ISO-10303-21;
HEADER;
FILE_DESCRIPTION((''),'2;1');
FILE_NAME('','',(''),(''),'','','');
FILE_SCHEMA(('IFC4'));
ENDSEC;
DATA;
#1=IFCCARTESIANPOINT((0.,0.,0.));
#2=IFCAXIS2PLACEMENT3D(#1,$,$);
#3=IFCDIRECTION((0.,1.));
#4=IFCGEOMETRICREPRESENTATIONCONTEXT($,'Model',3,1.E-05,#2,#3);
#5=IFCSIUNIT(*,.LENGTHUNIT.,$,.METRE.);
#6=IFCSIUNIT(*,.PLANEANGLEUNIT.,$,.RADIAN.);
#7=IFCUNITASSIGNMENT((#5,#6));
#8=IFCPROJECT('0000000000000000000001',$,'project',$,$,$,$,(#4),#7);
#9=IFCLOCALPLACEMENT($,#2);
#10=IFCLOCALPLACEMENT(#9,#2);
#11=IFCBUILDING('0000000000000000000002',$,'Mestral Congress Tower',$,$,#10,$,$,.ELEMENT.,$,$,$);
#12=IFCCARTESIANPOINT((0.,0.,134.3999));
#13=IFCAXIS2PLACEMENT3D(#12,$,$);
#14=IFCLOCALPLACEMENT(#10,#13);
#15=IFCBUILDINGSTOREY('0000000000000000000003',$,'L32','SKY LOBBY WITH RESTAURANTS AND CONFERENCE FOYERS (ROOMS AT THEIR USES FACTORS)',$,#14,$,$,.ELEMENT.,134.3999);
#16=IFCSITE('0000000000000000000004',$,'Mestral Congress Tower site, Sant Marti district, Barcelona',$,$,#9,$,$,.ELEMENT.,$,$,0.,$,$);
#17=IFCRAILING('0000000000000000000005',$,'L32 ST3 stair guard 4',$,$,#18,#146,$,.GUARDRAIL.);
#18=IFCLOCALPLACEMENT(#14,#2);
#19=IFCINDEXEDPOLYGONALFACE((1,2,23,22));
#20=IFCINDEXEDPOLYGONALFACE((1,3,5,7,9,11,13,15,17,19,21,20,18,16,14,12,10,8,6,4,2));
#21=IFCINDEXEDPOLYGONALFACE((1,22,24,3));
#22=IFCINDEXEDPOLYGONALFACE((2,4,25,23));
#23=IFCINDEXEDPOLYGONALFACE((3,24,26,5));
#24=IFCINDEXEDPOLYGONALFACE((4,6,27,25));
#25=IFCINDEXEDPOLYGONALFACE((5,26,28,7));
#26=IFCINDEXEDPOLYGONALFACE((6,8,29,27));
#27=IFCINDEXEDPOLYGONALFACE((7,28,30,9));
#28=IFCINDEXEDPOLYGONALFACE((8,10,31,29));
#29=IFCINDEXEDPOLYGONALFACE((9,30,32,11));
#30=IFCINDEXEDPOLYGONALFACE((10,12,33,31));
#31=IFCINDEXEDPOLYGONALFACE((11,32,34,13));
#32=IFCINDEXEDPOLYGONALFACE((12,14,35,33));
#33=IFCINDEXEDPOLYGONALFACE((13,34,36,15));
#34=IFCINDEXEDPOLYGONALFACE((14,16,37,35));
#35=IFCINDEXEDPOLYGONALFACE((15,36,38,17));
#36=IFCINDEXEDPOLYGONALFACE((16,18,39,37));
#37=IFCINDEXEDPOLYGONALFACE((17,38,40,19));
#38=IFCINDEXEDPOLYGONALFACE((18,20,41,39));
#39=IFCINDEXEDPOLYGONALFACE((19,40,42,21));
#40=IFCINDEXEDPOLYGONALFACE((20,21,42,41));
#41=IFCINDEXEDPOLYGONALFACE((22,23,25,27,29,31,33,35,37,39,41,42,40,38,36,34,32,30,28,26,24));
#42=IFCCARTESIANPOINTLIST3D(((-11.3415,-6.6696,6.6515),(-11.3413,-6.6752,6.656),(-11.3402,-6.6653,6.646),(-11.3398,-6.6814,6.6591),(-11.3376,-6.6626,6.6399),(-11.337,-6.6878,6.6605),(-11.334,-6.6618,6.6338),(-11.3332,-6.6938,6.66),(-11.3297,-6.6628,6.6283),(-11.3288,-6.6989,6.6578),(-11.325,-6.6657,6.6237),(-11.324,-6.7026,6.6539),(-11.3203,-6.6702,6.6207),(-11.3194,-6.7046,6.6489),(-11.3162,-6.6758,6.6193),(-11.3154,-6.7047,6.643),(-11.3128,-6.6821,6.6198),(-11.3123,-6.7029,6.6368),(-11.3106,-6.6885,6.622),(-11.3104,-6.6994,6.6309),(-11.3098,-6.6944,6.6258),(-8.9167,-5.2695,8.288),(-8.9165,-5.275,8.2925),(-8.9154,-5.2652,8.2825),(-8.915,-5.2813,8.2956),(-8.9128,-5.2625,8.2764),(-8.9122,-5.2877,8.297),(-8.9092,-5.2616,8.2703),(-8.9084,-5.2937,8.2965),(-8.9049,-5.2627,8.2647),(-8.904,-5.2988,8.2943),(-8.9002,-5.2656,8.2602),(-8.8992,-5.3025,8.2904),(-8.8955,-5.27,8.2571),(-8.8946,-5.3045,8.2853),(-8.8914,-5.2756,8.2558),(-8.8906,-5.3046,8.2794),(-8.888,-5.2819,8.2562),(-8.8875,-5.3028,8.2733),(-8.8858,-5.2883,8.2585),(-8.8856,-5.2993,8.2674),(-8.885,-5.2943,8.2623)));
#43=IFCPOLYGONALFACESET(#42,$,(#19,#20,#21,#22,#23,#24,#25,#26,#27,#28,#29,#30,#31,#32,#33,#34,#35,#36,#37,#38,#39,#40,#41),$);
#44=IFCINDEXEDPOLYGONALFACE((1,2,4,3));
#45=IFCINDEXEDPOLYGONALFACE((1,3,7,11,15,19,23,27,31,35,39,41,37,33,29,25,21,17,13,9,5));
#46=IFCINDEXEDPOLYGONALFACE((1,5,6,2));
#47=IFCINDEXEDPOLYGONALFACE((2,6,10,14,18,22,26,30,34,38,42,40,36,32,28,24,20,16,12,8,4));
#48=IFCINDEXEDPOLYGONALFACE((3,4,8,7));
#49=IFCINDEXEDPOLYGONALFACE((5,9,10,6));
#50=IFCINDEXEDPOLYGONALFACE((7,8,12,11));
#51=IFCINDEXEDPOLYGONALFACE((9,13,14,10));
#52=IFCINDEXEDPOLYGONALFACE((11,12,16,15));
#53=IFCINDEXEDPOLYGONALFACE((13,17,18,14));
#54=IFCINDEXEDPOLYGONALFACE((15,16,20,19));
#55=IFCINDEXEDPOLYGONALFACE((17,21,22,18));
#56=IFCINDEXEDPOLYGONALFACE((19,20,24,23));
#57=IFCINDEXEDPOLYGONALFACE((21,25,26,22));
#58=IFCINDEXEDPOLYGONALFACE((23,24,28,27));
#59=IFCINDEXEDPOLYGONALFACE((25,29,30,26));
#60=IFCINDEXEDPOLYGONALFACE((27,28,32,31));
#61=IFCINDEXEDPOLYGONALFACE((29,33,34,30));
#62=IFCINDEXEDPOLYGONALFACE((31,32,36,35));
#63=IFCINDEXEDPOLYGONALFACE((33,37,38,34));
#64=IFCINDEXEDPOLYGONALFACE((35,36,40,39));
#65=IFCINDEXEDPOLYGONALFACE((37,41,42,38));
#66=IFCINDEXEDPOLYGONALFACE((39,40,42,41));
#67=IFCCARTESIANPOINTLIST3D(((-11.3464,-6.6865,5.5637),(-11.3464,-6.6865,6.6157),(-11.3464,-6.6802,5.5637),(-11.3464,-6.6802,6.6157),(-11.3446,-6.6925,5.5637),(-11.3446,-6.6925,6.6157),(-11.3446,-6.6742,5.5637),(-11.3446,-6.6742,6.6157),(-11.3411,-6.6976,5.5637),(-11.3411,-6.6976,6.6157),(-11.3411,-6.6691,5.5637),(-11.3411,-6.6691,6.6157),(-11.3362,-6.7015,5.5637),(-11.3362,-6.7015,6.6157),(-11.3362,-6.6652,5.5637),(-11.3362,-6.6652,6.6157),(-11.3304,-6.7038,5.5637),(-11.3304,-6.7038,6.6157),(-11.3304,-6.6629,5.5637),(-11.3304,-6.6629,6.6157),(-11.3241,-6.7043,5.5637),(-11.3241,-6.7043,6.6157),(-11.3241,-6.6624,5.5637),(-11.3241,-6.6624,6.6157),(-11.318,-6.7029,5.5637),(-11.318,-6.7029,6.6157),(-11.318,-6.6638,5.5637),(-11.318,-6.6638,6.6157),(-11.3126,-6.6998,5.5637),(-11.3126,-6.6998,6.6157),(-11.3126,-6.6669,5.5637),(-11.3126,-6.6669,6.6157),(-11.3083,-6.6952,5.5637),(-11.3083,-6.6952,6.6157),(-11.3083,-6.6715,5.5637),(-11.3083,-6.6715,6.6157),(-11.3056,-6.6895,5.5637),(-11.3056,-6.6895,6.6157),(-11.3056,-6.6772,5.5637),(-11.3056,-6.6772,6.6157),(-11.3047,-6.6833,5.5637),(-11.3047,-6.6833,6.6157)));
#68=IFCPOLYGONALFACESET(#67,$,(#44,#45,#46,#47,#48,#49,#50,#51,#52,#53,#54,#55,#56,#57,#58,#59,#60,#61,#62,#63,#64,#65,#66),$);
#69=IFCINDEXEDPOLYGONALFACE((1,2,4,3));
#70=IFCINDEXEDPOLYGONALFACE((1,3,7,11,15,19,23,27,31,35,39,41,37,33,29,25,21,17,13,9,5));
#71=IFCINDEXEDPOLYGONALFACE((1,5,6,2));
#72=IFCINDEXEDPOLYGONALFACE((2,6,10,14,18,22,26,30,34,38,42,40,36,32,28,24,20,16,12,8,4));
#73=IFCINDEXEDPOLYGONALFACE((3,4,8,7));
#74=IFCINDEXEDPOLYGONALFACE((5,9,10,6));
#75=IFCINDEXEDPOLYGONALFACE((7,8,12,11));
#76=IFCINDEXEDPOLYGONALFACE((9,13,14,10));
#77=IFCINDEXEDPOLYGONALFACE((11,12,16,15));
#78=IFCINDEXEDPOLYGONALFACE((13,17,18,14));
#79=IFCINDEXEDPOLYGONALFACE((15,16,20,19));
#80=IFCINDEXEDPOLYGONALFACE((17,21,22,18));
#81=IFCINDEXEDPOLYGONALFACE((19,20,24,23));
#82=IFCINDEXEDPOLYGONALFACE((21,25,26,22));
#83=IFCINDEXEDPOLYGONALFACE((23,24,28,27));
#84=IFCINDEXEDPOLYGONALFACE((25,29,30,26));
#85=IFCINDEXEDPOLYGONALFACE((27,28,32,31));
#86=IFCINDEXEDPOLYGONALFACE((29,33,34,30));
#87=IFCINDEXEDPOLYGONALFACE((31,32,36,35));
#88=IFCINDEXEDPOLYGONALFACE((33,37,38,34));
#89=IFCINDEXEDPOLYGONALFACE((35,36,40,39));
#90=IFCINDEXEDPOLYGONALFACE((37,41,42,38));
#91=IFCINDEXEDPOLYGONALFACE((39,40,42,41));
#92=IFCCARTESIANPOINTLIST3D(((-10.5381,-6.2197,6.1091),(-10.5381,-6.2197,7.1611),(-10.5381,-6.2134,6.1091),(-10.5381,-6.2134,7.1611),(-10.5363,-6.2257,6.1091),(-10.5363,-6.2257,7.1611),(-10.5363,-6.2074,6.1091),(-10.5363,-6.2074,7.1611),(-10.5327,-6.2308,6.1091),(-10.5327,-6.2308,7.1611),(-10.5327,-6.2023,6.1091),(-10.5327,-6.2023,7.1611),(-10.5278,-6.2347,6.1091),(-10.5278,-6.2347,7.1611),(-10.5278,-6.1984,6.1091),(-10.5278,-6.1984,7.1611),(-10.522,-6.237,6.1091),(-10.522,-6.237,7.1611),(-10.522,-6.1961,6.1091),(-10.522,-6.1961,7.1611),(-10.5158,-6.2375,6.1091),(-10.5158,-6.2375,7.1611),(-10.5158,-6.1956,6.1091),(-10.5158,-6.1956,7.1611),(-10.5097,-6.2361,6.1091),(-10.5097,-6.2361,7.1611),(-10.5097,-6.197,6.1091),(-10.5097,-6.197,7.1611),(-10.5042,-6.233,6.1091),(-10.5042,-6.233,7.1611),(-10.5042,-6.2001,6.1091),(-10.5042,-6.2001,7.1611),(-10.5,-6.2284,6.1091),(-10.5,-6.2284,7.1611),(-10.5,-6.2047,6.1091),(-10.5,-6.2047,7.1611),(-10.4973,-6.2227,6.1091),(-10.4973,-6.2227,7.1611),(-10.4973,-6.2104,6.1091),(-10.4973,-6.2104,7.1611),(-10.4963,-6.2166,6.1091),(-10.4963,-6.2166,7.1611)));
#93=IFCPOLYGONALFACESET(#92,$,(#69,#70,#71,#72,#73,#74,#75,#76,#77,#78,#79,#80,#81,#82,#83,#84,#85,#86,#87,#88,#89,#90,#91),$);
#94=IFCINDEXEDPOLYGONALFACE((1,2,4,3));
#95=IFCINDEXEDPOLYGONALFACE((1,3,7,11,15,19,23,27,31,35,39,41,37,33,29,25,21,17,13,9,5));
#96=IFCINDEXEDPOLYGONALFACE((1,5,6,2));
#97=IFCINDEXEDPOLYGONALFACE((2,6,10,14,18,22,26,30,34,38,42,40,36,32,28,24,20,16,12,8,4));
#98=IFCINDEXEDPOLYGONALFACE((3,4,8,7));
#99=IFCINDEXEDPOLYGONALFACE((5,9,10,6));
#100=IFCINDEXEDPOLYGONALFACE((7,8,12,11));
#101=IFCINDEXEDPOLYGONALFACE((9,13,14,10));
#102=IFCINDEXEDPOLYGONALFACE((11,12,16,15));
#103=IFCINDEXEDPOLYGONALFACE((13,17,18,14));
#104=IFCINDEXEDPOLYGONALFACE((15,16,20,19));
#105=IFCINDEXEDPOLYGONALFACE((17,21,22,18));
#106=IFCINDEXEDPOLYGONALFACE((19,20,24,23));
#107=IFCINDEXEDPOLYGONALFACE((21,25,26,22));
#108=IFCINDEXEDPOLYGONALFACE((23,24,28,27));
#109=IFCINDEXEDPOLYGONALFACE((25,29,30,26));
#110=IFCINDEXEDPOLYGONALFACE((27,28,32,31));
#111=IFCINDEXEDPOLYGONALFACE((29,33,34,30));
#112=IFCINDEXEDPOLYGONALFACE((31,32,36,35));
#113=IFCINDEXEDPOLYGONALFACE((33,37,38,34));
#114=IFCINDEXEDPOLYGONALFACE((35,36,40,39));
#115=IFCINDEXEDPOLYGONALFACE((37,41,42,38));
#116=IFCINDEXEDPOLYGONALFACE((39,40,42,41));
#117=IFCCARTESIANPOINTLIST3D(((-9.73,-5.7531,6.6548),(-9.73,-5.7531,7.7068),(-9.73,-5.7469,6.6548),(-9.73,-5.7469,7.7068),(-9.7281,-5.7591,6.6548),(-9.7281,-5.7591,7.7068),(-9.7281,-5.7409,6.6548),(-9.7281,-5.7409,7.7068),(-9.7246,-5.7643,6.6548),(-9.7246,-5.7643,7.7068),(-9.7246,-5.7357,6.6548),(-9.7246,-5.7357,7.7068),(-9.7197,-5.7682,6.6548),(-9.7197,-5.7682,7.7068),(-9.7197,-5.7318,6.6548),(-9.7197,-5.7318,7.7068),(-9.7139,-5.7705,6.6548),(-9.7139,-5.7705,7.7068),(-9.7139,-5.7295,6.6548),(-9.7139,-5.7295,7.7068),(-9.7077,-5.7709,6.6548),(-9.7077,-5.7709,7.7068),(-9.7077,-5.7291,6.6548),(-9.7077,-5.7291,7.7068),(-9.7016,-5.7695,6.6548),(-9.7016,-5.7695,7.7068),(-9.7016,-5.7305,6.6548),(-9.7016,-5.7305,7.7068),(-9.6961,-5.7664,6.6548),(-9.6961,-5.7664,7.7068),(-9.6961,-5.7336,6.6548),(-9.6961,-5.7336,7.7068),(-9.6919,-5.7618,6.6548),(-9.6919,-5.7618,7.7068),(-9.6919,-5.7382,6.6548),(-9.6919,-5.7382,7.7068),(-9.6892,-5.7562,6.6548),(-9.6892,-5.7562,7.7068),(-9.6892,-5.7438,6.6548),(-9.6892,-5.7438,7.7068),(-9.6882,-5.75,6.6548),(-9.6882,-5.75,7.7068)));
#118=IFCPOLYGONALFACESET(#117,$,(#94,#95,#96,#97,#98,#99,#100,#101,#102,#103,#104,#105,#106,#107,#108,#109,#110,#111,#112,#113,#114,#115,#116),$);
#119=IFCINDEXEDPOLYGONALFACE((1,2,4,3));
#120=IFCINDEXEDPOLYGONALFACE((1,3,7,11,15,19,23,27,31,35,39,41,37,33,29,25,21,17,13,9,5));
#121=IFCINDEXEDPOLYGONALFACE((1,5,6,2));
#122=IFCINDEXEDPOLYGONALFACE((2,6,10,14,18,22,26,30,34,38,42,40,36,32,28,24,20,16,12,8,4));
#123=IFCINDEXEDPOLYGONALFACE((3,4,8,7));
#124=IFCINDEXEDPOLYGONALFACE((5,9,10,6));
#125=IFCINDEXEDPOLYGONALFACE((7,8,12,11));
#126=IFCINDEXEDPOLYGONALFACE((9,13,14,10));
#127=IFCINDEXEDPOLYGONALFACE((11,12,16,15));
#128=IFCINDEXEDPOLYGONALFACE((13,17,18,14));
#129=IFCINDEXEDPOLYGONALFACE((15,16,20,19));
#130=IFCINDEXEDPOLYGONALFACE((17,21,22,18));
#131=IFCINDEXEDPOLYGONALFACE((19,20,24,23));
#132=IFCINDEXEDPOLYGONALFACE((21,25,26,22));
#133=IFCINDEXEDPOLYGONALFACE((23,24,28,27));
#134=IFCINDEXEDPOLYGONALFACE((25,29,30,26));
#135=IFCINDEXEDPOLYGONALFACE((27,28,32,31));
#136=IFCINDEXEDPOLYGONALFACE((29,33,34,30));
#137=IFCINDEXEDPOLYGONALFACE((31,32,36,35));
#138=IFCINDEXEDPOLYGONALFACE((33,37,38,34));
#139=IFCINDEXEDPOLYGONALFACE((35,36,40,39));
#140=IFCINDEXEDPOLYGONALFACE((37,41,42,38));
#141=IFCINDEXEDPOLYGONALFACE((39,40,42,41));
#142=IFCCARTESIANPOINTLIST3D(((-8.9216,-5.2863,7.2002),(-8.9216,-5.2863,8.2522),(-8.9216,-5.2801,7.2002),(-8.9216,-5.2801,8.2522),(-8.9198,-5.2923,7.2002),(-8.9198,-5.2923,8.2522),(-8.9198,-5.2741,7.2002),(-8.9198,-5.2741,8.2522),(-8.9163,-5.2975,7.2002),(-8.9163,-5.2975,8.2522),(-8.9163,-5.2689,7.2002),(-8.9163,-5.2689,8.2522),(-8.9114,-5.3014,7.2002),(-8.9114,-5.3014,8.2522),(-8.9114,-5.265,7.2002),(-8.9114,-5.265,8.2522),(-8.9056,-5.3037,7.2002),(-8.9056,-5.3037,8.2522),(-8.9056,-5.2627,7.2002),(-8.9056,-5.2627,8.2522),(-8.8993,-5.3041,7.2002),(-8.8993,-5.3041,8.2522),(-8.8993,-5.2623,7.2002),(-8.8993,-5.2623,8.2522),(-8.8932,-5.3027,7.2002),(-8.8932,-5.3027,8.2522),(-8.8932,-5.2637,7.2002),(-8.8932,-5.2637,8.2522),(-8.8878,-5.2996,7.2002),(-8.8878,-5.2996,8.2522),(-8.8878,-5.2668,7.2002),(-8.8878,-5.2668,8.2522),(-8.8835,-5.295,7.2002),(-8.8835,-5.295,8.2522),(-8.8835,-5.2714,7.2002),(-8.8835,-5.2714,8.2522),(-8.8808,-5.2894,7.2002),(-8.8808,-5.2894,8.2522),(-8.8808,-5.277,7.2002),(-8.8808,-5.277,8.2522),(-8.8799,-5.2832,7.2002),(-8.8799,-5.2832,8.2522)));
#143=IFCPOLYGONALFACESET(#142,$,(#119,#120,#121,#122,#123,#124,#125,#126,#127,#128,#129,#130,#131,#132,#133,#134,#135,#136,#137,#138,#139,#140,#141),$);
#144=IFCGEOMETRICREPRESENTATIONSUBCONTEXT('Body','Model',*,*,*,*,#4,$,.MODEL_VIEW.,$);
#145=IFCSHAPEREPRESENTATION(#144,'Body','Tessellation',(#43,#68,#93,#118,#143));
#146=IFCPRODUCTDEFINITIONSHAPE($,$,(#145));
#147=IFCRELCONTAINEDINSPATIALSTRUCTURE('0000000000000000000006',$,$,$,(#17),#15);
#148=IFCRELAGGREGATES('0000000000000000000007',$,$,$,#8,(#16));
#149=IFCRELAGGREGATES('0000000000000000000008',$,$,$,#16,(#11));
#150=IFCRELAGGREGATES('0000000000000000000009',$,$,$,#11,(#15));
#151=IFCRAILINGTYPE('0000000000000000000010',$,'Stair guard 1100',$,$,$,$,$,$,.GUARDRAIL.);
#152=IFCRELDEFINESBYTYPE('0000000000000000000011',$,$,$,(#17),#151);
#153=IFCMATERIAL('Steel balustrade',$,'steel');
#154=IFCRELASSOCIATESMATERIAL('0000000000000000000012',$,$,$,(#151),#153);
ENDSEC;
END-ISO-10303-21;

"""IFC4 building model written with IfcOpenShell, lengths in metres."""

from ifc_helpers import new_model, si_unit, direction, frame, origin, origin_2d, place, context, subcontext, project, spatial, circle, extrude, material, type_object, element, save


model = new_model("IFC4")

# Units and contexts
model_context = context("Model", 3, precision=1e-05, world=origin(), true_north=direction((0.0, 1.0)))
body_context = subcontext(model_context, "Body", "Model", "MODEL_VIEW")
ifc_project = project(units=[si_unit("LENGTHUNIT", "METRE"), si_unit("PLANEANGLEUNIT", "RADIAN")], contexts=[model_context])

# Site, building, storey
site_placement = place(None, origin())
site = spatial("IfcSite", under=ifc_project, at=site_placement, Name="Mestral Congress Tower site, Sant Marti district, Barcelona", CompositionType="ELEMENT", RefElevation=0.0)
building_placement = place(site_placement, origin())
building = spatial("IfcBuilding", under=site, at=building_placement, Name="Mestral Congress Tower", CompositionType="ELEMENT")
storey_placement = place(building_placement, frame((0.0, 0.0, 134.3999)))
storey = spatial("IfcBuildingStorey", under=building, at=storey_placement, Name="L32", Description="SKY LOBBY WITH RESTAURANTS AND CONFERENCE FOYERS (ROOMS AT THEIR USES FACTORS)", CompositionType="ELEMENT", Elevation=134.3999)

# Railing
ifc_material_1 = material(Name="Steel balustrade", Category="steel")
railing_type = type_object("IfcRailingType", Name="Stair guard 1100", PredefinedType="GUARDRAIL", material=ifc_material_1)
railing_1_placement = place(storey_placement, frame((-11.3257, -6.6833, 5.5637)))
element("IfcRailing", 1, at=railing_1_placement, inside=storey, type_object=railing_type, Name="L32 ST3 stair guard 4", PredefinedType="GUARDRAIL", context=body_context, shape_type="SweptSolid", body=[
    extrude(circle(Radius=0.0239, at=origin_2d()), frame((0.0, 0.0, 1.0762), z_axis=(0.747666, 0.431722, 0.504591), x_axis=(-0.50005, 0.865997, 0.0)), (0.0, 0.0, 1.0), 3.2432),
    extrude(circle(Radius=0.021, at=origin_2d()), origin(), (0.0, 0.0, 1.0), 1.052),
    extrude(circle(Radius=0.021, at=origin_2d()), frame((0.8083, 0.4668, 0.5454)), (0.0, 0.0, 1.0), 1.052),
    extrude(circle(Radius=0.021, at=origin_2d()), frame((1.6165, 0.9333, 1.0911)), (0.0, 0.0, 1.0), 1.052),
    extrude(circle(Radius=0.021, at=origin_2d()), frame((2.4248, 1.4001, 1.6365)), (0.0, 0.0, 1.0), 1.052),
])

save(model, "model.ifc")
